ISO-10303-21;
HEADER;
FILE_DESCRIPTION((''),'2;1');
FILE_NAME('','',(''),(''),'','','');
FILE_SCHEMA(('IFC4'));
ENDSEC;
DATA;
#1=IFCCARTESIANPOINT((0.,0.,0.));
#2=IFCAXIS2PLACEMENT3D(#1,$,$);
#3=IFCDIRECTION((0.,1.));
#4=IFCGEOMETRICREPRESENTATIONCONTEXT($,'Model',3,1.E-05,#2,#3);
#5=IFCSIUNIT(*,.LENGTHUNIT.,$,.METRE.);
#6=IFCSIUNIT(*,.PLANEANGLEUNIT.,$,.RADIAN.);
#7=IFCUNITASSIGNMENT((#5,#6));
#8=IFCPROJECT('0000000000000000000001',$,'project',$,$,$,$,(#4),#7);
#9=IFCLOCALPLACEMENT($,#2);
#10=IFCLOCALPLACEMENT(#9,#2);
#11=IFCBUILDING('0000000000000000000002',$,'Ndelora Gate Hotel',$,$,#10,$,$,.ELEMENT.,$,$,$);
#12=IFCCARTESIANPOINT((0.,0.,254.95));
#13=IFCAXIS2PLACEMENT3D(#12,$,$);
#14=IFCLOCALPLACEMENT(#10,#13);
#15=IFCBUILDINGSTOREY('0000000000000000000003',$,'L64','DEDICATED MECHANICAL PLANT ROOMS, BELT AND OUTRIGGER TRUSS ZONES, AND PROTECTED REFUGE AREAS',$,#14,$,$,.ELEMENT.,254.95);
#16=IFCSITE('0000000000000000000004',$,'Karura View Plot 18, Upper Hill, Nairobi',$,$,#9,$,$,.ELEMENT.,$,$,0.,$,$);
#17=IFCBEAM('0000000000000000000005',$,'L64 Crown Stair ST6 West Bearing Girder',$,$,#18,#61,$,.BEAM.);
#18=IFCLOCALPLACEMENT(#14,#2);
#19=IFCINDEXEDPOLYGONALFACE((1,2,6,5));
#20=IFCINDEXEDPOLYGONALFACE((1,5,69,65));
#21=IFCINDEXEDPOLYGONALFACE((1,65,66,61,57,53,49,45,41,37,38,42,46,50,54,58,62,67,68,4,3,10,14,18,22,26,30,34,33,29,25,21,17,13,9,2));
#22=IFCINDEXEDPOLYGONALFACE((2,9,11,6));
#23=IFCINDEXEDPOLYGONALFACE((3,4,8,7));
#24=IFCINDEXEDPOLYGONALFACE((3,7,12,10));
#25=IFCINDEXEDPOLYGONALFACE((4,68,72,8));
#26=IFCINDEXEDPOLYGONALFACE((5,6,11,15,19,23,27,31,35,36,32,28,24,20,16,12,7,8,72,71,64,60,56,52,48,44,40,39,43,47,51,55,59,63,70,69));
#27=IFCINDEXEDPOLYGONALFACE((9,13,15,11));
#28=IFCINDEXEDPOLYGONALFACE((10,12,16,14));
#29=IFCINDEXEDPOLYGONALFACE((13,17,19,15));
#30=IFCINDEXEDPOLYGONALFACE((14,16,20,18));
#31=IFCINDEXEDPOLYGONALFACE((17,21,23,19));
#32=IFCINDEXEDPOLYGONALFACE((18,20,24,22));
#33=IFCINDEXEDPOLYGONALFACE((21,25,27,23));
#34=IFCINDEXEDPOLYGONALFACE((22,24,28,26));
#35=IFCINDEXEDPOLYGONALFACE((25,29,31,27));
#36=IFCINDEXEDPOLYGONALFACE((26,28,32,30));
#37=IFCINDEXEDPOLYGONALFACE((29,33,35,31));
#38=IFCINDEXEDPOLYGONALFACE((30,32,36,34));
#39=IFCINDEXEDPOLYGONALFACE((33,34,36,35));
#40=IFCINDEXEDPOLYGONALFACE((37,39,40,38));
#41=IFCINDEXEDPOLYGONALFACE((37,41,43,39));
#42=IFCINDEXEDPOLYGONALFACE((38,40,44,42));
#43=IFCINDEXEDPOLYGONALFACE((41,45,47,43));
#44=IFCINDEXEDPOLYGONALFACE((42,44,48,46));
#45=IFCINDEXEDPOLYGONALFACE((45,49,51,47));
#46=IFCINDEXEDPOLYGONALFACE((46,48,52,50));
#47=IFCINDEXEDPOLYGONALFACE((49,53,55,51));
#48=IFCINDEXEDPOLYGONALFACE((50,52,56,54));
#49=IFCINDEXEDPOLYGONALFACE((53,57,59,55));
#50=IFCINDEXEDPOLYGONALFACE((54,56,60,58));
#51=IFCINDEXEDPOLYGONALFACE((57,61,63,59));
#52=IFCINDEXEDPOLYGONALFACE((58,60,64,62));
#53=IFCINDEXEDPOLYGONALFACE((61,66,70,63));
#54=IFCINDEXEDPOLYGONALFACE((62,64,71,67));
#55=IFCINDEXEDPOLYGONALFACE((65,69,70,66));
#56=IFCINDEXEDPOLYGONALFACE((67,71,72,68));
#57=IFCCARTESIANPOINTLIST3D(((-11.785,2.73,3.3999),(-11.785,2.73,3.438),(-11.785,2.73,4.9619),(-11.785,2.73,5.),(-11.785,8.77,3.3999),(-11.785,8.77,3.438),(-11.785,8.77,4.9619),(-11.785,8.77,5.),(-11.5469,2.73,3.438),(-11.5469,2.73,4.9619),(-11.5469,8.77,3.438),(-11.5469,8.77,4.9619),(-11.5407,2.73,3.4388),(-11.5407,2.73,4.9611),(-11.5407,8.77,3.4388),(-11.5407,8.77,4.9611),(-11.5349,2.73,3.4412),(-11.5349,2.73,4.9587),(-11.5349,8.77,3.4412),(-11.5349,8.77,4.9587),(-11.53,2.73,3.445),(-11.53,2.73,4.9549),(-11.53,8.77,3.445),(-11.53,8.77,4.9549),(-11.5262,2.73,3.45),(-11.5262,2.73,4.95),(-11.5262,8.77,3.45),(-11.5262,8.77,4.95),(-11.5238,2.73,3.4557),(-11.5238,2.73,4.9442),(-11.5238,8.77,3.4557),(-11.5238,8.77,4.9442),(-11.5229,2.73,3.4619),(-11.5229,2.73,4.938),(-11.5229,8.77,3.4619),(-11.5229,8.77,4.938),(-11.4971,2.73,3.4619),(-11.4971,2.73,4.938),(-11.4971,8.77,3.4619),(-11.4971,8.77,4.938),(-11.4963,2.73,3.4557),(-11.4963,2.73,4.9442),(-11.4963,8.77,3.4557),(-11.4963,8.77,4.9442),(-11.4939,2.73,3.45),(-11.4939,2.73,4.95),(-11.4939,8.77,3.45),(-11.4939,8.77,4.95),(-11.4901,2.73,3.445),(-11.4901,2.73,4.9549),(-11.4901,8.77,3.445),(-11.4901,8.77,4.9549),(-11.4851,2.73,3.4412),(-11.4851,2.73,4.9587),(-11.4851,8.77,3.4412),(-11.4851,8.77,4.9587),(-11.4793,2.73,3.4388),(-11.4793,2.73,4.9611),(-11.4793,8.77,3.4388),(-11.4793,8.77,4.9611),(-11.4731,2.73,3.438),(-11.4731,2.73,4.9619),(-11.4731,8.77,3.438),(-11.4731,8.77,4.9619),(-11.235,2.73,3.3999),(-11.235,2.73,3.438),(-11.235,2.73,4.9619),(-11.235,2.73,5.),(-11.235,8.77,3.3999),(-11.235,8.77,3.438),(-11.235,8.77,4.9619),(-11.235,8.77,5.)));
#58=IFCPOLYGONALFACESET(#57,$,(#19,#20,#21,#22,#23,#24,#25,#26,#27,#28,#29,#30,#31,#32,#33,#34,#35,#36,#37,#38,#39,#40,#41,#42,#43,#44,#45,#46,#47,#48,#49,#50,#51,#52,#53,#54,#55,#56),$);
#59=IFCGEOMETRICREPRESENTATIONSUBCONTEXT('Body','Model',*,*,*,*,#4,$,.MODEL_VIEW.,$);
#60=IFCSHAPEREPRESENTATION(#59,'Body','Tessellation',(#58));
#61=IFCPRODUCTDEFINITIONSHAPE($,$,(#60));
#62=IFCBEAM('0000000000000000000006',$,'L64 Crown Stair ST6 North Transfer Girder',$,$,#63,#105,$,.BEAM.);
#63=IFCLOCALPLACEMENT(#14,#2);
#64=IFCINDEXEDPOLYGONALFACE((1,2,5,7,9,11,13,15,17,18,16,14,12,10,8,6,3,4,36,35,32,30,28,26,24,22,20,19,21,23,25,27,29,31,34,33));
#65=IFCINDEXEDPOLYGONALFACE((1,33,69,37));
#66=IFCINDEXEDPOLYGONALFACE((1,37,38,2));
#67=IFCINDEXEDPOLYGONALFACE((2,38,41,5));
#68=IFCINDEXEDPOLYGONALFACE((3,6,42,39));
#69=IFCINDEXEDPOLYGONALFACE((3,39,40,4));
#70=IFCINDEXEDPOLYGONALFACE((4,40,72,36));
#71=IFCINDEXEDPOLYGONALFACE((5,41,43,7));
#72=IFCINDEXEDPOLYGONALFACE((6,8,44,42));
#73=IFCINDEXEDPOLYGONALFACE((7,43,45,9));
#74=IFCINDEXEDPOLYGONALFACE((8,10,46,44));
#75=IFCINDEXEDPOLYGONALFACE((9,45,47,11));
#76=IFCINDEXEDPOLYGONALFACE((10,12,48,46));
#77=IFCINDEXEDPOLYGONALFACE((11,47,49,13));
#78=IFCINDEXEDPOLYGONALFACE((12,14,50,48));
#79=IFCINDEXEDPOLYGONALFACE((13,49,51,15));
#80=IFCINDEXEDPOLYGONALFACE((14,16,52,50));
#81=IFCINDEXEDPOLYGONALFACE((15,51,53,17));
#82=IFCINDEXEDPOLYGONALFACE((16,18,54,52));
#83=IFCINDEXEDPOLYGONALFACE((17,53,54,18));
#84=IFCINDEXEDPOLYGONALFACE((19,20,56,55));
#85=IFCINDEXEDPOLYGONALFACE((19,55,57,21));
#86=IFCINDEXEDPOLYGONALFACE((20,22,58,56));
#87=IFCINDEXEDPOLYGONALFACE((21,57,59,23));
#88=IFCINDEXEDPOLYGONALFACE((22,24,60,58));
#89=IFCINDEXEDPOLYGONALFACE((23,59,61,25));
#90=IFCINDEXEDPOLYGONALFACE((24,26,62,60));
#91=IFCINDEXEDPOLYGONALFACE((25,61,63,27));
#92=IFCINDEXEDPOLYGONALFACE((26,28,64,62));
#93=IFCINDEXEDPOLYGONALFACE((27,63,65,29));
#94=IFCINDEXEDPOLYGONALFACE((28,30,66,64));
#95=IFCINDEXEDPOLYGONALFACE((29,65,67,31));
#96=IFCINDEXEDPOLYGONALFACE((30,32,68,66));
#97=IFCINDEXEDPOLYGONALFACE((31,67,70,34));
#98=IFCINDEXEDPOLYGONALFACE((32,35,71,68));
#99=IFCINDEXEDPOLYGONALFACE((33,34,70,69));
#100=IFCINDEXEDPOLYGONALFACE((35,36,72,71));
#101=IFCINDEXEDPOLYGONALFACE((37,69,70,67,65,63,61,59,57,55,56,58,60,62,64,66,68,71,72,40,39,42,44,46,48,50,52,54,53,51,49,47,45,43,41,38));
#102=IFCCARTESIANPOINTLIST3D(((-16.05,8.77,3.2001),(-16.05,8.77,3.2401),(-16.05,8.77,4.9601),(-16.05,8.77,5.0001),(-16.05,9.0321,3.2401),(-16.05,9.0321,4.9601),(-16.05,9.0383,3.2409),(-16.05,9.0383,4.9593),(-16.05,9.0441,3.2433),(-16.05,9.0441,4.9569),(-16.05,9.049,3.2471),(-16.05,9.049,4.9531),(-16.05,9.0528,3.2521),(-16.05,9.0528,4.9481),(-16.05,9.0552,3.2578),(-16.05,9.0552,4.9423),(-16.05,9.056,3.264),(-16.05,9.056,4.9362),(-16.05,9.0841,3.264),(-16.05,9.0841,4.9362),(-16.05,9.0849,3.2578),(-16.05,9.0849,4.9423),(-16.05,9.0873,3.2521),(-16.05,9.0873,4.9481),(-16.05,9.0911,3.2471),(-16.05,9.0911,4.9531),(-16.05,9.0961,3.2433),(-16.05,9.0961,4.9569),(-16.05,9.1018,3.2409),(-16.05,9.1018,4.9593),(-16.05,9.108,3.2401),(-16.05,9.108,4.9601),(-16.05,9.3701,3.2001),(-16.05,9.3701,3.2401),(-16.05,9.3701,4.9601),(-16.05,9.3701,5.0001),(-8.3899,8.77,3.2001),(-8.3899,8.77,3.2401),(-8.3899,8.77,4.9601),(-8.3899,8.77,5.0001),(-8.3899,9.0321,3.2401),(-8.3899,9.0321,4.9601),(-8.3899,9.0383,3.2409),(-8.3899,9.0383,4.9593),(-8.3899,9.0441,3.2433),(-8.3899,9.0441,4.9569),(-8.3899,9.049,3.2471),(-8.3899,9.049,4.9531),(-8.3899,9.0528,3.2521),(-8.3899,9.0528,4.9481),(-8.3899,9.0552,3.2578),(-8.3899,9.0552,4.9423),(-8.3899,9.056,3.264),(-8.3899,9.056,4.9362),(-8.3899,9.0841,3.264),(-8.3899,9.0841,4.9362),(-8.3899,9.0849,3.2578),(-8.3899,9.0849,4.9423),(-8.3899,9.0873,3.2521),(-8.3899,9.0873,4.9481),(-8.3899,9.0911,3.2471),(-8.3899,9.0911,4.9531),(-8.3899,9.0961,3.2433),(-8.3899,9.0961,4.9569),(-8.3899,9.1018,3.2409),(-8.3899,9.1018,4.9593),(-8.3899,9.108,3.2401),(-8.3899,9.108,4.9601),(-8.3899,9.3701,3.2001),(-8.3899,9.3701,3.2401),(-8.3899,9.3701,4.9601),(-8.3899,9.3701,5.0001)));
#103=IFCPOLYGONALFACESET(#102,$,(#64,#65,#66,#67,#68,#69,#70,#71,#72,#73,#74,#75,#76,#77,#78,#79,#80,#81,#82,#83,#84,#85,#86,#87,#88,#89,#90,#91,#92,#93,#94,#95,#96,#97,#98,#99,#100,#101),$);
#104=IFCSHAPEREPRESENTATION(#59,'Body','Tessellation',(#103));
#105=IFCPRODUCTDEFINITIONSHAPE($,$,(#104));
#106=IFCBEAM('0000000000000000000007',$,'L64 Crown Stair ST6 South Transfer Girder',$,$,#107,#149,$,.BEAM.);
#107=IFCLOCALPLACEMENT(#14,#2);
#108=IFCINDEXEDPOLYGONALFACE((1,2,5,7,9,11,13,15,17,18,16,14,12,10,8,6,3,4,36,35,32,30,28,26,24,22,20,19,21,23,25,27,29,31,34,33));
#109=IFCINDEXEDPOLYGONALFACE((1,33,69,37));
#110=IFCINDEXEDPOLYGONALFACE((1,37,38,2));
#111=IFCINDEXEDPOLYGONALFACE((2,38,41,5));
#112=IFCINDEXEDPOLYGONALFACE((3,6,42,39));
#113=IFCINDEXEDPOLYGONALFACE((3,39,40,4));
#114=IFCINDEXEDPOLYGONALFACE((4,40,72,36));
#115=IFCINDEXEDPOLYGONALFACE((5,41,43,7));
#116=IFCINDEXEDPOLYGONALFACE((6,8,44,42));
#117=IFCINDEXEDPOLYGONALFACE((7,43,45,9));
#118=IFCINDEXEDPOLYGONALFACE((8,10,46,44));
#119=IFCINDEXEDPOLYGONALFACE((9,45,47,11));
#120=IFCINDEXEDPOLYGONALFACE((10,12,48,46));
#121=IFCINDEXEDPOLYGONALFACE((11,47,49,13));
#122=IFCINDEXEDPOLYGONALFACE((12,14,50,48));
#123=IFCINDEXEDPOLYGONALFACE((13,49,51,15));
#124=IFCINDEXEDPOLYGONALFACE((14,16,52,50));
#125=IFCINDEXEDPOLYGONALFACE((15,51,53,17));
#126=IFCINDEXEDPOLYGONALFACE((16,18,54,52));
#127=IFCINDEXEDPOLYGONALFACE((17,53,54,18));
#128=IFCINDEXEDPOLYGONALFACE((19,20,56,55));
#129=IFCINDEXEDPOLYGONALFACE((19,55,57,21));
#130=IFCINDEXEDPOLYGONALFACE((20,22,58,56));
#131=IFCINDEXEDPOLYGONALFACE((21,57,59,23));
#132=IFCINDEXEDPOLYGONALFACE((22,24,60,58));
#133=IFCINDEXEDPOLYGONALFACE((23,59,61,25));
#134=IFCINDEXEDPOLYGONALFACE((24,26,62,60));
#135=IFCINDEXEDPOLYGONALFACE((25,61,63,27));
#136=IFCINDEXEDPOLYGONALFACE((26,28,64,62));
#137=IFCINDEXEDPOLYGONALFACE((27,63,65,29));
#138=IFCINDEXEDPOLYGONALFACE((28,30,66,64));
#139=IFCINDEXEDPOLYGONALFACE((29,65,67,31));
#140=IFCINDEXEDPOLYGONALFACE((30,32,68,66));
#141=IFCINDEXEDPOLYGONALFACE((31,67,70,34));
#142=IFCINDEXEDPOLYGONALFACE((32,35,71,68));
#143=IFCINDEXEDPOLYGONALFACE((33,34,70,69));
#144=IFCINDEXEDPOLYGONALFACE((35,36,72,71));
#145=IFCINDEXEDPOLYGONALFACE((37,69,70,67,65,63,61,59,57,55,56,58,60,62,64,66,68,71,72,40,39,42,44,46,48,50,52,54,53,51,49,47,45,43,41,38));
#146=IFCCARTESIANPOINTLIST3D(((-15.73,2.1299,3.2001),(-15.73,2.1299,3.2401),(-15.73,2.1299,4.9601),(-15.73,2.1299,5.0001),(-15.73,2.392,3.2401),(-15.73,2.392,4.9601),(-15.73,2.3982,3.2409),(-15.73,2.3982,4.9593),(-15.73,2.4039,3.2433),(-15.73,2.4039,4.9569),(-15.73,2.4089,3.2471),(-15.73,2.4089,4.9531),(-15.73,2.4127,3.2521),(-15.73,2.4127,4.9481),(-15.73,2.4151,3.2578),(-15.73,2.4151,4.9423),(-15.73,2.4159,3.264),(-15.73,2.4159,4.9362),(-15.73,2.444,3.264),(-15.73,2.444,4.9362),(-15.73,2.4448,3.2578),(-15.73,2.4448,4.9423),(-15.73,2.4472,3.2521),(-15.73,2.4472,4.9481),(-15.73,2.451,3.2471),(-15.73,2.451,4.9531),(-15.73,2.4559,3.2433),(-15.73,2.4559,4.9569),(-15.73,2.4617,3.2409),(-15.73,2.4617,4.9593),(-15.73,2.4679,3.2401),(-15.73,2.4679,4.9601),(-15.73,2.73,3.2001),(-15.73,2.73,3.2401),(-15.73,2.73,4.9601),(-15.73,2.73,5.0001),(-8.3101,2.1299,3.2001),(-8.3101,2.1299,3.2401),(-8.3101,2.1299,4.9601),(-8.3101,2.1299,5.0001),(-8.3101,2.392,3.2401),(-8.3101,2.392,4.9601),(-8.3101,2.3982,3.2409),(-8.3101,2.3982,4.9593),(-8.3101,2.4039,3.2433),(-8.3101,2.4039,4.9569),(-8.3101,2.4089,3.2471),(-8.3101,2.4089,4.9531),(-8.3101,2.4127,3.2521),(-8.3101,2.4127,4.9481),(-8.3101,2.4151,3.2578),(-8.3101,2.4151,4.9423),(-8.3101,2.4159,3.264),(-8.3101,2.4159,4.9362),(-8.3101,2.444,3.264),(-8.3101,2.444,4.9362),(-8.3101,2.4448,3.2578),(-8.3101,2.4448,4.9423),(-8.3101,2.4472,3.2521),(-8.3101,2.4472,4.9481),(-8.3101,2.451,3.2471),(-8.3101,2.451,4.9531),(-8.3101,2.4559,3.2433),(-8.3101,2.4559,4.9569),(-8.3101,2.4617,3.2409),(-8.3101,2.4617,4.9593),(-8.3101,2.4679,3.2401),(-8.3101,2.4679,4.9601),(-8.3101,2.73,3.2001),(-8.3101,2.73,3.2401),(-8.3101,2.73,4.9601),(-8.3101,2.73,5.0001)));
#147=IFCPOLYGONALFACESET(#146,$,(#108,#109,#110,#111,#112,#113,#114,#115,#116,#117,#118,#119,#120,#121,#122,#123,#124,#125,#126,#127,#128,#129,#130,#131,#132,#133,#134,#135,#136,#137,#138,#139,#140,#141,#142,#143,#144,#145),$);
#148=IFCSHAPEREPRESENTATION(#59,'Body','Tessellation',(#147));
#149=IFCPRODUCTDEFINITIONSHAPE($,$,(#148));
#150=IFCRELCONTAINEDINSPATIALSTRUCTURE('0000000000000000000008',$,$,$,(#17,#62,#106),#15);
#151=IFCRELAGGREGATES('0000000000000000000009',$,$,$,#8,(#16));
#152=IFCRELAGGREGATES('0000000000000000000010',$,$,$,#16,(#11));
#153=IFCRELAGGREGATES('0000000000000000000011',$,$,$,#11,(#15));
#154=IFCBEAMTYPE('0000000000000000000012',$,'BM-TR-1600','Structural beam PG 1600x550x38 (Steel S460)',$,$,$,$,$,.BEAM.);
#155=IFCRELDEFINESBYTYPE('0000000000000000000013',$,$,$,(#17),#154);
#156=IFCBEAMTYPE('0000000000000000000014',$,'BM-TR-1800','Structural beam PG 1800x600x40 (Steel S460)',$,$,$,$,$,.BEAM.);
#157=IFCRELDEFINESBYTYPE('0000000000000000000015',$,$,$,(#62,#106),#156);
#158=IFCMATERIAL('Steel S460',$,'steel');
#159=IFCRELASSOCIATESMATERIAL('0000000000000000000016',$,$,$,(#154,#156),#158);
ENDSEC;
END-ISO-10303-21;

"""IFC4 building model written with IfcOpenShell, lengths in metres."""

from ifc_helpers import new_model, si_unit, direction, frame, origin, origin_2d, place, context, subcontext, project, spatial, i_section, extrude, material, material_profile, profile_set, type_object, element, save


model = new_model("IFC4")

# Units and contexts
model_context = context("Model", 3, precision=1e-05, world=origin(), true_north=direction((0.0, 1.0)))
body_context = subcontext(model_context, "Body", "Model", "MODEL_VIEW")
ifc_project = project(units=[si_unit("LENGTHUNIT", "METRE"), si_unit("PLANEANGLEUNIT", "RADIAN")], contexts=[model_context])

# Site, building, storey
site_placement = place(None, origin())
site = spatial("IfcSite", under=ifc_project, at=site_placement, Name="Karura View Plot 18, Upper Hill, Nairobi", CompositionType="ELEMENT", RefElevation=0.0)
building_placement = place(site_placement, origin())
building = spatial("IfcBuilding", under=site, at=building_placement, Name="Ndelora Gate Hotel", CompositionType="ELEMENT")
storey_placement = place(building_placement, frame((0.0, 0.0, 254.95)))
storey = spatial("IfcBuildingStorey", under=building, at=storey_placement, Name="L64", Description="DEDICATED MECHANICAL PLANT ROOMS, BELT AND OUTRIGGER TRUSS ZONES, AND PROTECTED REFUGE AREAS", CompositionType="ELEMENT", Elevation=254.95)

# Beams
ifc_material_1 = material(Name="Steel S460", Category="steel")
ifc_material_profile_1 = material_profile(ifc_material_1, i_section(OverallWidth=0.55, OverallDepth=1.6001, WebThickness=0.0259, FlangeThickness=0.0381, FilletRadius=0.0239, at=origin_2d()), Name="PG 1600x550x38")
ifc_profile_set_1 = profile_set([ifc_material_profile_1], Name="Steel S460")
beam_type_1 = type_object("IfcBeamType", Name="BM-TR-1600", Description="Structural beam PG 1600x550x38 (Steel S460)", PredefinedType="BEAM", material=ifc_profile_set_1)
beam_1_placement = place(storey_placement, frame((-11.51, 2.73, 4.2), z_axis=(0.0, 1.0, 0.0), x_axis=(-1.0, 0.0, 0.0)))
element("IfcBeam", 1, at=beam_1_placement, inside=storey, type_object=beam_type_1, Name="L64 Crown Stair ST6 West Bearing Girder", PredefinedType="BEAM", context=body_context, shape_type="SweptSolid", body=[
    extrude(i_section(OverallWidth=0.55, OverallDepth=1.6001, WebThickness=0.0259, FlangeThickness=0.0381, FilletRadius=0.0239, at=origin_2d()), origin(), (0.0, 0.0, 1.0), 6.04),
])
ifc_material_profile_2 = material_profile(ifc_material_1, i_section(OverallWidth=0.6001, OverallDepth=1.8, WebThickness=0.0281, FlangeThickness=0.04, FilletRadius=0.0239, at=origin_2d()), Name="PG 1800x600x40")
ifc_profile_set_2 = profile_set([ifc_material_profile_2], Name="Steel S460")
beam_type_2 = type_object("IfcBeamType", Name="BM-TR-1800", Description="Structural beam PG 1800x600x40 (Steel S460)", PredefinedType="BEAM", material=ifc_profile_set_2)
beam_2_placement = place(storey_placement, frame((-16.05, 9.0701, 4.1001), z_axis=(1.0, 0.0, 0.0), x_axis=(0.0, 1.0, 0.0)))
element("IfcBeam", 2, at=beam_2_placement, inside=storey, type_object=beam_type_2, Name="L64 Crown Stair ST6 North Transfer Girder", PredefinedType="BEAM", context=body_context, shape_type="SweptSolid", body=[
    extrude(i_section(OverallWidth=0.6001, OverallDepth=1.8, WebThickness=0.0281, FlangeThickness=0.04, FilletRadius=0.0239, at=origin_2d()), origin(), (0.0, 0.0, 1.0), 7.6602),
])
beam_3_placement = place(storey_placement, frame((-15.73, 2.4299, 4.1001), z_axis=(1.0, 0.0, 0.0), x_axis=(0.0, 1.0, 0.0)))
element("IfcBeam", 3, at=beam_3_placement, inside=storey, type_object=beam_type_2, Name="L64 Crown Stair ST6 South Transfer Girder", PredefinedType="BEAM", context=body_context, shape_type="SweptSolid", body=[
    extrude(i_section(OverallWidth=0.6001, OverallDepth=1.8, WebThickness=0.0281, FlangeThickness=0.04, FilletRadius=0.0239, at=origin_2d()), origin(), (0.0, 0.0, 1.0), 7.4199),
])

save(model, "model.ifc")
